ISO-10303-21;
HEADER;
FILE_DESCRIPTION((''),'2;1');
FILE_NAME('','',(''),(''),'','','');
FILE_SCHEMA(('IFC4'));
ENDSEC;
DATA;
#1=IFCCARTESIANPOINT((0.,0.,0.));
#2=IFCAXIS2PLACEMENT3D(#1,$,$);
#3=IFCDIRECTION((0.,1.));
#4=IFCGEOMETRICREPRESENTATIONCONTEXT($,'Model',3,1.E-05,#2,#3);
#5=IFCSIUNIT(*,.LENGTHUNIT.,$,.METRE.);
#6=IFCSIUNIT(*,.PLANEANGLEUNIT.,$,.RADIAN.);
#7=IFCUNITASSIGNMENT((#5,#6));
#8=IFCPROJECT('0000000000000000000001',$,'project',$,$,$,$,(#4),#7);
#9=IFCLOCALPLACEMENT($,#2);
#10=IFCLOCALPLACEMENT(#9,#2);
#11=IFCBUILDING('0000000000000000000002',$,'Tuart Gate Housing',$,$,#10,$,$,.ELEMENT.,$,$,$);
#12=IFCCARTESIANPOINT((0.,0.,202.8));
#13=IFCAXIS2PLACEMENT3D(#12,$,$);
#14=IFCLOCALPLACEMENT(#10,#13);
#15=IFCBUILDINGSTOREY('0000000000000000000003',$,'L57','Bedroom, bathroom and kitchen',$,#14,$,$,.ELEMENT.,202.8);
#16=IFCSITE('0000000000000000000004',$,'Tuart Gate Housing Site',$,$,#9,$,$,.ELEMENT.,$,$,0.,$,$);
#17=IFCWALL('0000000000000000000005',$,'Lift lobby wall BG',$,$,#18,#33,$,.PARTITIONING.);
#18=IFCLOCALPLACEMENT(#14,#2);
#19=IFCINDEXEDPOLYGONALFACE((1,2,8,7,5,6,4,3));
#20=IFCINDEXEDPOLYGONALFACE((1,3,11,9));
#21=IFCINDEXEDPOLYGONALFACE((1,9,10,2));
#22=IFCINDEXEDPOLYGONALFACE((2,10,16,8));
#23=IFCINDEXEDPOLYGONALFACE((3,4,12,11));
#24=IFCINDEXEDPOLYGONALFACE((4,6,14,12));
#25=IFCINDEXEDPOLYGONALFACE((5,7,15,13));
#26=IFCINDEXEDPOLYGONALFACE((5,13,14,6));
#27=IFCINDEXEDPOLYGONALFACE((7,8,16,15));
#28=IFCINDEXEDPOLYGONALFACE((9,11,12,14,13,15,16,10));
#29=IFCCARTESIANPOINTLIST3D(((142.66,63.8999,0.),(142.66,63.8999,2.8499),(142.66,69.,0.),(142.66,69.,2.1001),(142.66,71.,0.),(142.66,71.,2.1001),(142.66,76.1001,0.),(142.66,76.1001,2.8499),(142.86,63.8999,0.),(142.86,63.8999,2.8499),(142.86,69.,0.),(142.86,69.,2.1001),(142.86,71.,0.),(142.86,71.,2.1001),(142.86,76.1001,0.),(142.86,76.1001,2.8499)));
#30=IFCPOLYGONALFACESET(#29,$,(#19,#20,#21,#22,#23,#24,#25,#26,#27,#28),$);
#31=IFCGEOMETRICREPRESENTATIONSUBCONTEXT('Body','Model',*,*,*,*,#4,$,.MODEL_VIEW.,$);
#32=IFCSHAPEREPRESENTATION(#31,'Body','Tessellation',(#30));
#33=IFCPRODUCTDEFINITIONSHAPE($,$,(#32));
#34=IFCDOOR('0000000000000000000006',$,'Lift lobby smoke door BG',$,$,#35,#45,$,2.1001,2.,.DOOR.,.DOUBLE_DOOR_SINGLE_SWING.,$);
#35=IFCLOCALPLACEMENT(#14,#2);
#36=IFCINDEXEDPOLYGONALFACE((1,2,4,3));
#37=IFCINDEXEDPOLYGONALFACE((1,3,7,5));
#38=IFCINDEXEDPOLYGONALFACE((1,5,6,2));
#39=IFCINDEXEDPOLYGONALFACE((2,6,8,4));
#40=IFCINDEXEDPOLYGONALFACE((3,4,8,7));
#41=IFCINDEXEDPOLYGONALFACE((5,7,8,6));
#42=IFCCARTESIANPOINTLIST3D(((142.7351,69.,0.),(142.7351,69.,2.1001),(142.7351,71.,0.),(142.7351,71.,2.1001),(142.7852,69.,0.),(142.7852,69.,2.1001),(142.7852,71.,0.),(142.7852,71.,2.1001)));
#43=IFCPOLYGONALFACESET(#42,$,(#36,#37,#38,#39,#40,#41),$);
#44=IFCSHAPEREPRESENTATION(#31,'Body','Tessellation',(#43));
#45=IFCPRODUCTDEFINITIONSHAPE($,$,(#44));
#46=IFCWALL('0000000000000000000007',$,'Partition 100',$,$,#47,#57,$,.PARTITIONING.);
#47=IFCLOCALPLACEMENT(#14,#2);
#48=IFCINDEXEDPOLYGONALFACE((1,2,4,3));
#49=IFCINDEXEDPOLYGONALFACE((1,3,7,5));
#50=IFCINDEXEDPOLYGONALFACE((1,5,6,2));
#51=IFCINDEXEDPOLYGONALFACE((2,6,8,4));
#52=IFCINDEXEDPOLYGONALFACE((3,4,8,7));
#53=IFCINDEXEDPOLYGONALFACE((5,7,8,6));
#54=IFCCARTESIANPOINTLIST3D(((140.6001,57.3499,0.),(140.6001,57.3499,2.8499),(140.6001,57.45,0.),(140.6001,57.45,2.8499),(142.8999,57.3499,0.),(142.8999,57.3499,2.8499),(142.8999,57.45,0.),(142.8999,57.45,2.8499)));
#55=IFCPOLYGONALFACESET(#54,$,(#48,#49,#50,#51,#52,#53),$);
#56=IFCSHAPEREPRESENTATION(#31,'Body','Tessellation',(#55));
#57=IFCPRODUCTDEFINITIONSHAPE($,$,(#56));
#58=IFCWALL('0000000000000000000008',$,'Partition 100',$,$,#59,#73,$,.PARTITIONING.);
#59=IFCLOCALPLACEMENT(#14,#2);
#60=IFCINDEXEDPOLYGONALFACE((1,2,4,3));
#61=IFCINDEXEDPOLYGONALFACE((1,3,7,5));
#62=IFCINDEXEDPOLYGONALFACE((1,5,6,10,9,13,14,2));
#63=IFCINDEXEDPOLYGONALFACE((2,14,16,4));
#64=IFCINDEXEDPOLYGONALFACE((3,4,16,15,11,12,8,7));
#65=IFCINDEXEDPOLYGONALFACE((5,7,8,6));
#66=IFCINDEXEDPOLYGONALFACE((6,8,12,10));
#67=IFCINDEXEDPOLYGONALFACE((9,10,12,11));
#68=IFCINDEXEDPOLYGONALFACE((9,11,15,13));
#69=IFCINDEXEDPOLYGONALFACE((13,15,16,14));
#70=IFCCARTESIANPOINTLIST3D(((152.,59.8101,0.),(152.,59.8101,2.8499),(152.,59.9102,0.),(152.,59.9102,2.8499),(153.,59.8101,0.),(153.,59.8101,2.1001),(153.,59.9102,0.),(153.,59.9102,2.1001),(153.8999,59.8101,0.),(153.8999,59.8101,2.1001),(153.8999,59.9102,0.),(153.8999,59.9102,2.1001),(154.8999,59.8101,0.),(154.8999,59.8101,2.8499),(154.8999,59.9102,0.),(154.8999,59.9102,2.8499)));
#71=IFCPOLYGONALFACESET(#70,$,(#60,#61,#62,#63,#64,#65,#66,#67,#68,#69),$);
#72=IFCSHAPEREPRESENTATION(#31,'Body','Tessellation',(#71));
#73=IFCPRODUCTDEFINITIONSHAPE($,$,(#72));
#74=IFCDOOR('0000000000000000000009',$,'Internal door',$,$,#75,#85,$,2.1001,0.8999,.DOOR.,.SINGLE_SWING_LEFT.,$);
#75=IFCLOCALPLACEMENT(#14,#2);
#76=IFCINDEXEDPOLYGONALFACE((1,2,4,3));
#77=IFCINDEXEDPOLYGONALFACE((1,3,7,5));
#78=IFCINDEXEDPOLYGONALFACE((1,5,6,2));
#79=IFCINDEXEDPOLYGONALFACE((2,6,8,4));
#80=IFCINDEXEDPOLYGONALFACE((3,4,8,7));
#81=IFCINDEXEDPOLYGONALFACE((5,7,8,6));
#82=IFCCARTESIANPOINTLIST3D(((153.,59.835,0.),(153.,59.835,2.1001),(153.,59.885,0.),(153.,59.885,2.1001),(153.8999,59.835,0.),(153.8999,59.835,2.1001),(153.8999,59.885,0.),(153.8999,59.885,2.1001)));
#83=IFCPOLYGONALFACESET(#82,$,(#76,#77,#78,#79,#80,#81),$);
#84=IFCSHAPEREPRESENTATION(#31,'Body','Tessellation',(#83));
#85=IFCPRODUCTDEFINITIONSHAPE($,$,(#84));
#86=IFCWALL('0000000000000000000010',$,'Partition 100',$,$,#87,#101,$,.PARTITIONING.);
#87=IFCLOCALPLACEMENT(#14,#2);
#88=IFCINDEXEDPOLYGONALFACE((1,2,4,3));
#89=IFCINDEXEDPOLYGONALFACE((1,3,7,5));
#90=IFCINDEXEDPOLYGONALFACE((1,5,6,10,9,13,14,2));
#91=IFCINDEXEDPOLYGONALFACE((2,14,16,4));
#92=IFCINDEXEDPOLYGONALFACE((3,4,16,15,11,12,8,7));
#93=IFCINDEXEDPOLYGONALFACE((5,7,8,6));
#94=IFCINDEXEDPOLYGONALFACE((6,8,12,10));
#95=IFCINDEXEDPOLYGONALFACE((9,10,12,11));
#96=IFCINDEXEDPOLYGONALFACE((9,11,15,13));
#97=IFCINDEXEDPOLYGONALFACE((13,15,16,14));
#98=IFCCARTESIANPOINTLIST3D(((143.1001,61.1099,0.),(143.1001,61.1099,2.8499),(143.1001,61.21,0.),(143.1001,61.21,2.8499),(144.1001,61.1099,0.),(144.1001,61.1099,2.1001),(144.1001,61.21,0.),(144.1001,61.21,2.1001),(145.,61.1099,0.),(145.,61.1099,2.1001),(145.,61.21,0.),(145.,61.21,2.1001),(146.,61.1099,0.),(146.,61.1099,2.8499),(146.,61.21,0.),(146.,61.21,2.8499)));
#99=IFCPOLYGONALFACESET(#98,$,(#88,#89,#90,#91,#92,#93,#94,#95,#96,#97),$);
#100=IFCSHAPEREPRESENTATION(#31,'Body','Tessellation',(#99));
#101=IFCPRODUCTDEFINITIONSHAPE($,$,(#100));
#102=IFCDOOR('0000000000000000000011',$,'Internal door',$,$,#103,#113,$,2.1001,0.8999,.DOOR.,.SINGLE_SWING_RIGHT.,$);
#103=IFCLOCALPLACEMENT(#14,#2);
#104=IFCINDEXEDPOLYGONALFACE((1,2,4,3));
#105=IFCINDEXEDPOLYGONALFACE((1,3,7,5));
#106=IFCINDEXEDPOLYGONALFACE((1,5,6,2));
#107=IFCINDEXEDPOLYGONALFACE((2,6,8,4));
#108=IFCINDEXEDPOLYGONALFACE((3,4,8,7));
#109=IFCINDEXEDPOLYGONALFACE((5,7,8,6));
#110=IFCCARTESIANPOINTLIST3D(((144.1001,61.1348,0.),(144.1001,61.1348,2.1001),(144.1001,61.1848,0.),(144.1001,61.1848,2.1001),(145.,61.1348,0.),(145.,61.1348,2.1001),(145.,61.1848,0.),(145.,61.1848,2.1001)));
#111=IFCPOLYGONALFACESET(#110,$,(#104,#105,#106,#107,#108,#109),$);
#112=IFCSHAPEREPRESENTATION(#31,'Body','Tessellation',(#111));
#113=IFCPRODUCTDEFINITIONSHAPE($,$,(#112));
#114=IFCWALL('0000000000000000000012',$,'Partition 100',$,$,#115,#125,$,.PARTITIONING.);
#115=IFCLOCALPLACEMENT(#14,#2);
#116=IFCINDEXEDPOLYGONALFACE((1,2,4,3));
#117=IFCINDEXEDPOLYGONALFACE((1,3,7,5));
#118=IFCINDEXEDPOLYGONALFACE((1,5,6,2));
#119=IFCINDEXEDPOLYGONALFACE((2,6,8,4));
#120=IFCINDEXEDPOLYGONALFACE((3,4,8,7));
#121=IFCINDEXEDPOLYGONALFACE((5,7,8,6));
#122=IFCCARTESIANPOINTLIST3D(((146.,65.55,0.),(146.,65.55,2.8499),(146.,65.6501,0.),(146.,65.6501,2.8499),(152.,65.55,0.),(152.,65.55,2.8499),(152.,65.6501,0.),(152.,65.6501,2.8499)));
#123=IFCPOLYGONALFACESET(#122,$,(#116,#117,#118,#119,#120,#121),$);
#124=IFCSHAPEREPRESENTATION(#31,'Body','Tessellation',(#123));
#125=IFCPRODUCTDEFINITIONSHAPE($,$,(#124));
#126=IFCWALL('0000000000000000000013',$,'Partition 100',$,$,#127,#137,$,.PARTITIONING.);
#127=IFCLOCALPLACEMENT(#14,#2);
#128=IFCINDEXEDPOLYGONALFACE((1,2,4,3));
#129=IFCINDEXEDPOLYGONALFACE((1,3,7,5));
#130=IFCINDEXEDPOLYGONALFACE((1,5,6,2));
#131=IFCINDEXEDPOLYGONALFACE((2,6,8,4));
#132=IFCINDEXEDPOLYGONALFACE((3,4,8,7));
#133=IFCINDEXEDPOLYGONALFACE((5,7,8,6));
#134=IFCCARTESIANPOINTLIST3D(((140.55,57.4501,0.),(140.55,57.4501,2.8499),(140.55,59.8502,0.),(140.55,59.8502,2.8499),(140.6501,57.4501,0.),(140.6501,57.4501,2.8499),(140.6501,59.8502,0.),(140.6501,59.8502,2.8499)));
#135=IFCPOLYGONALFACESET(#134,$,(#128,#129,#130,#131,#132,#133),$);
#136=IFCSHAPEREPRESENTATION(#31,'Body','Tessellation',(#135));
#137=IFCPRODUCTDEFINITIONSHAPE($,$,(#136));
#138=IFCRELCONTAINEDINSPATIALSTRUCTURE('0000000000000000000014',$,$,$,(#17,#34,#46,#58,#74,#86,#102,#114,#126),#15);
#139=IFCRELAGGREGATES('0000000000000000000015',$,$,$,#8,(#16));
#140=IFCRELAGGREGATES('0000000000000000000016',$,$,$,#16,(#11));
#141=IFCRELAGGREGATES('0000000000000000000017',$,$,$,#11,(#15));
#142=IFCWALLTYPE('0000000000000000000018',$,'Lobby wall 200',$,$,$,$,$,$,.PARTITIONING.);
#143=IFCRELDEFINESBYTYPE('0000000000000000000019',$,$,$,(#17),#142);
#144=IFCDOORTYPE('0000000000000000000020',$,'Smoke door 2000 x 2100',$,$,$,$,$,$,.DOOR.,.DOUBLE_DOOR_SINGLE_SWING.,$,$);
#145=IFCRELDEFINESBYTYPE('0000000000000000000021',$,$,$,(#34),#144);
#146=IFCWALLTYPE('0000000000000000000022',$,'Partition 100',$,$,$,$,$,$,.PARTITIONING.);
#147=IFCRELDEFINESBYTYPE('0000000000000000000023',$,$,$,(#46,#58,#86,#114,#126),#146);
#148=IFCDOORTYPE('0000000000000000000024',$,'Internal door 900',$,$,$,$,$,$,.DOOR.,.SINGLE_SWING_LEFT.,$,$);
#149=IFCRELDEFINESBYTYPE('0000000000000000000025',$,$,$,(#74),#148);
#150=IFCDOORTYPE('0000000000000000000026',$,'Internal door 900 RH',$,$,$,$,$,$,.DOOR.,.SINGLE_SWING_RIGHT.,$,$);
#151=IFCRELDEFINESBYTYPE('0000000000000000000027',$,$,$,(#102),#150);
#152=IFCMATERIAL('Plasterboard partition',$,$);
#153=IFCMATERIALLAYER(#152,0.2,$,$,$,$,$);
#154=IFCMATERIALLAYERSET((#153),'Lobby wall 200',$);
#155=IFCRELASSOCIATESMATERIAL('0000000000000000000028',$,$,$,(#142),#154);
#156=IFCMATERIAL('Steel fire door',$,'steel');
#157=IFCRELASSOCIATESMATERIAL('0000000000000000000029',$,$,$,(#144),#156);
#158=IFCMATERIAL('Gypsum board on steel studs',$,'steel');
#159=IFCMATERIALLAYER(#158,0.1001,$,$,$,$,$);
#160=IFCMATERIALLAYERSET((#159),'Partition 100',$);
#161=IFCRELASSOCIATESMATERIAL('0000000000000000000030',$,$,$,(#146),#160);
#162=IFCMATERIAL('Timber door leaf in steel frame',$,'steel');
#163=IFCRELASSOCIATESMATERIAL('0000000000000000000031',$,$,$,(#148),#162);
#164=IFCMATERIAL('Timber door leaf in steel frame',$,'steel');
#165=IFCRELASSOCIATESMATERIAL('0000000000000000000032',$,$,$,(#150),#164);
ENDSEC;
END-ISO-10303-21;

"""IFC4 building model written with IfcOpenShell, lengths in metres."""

from ifc_helpers import new_model, si_unit, direction, frame, frame_2d, origin, place, context, subcontext, project, spatial, rectangle, extrude, material, layer, layer_set, type_object, element, fill, save


model = new_model("IFC4")

# Units and contexts
model_context = context("Model", 3, precision=1e-05, world=origin(), true_north=direction((0.0, 1.0)))
body_context = subcontext(model_context, "Body", "Model", "MODEL_VIEW")
ifc_project = project(units=[si_unit("LENGTHUNIT", "METRE"), si_unit("PLANEANGLEUNIT", "RADIAN")], contexts=[model_context])

# Site, building, storey
site_placement = place(None, origin())
site = spatial("IfcSite", under=ifc_project, at=site_placement, Name="Tuart Gate Housing Site", CompositionType="ELEMENT", RefElevation=0.0)
building_placement = place(site_placement, origin())
building = spatial("IfcBuilding", under=site, at=building_placement, Name="Tuart Gate Housing", CompositionType="ELEMENT")
storey_placement = place(building_placement, frame((0.0, 0.0, 202.8)))
storey = spatial("IfcBuildingStorey", under=building, at=storey_placement, Name="L57", Description="Bedroom, bathroom and kitchen", CompositionType="ELEMENT", Elevation=202.8)

# Wall, opening, door
ifc_material_1 = material(Name="Plasterboard partition")
ifc_layer_1 = layer(ifc_material_1, 0.2)
ifc_layer_set_1 = layer_set([ifc_layer_1], Name="Lobby wall 200")
wall_type_1 = type_object("IfcWallType", Name="Lobby wall 200", PredefinedType="PARTITIONING", material=ifc_layer_set_1)
wall_1_placement = place(storey_placement, frame((142.76, 63.8999, 0.0), z_axis=(0.0, 0.0, 1.0), x_axis=(0.0, 1.0, 0.0)))
wall_1 = element("IfcWall", 1, at=wall_1_placement, inside=storey, type_object=wall_type_1, Name="Lift lobby wall BG", PredefinedType="PARTITIONING", context=body_context, shape_type="SweptSolid", body=[
    extrude(rectangle(XDim=12.2002, YDim=0.2, at=frame_2d((6.1001, 0.0))), origin(), (0.0, 0.0, 1.0), 2.8499),
])
opening_1_placement = place(wall_1_placement, frame((5.1001, 0.0, 0.0)))
opening_1 = element("IfcOpeningElement", 2, at=opening_1_placement, cuts=wall_1, PredefinedType="OPENING", context=body_context, shape_type="SweptSolid", body=[
    extrude(rectangle(XDim=2.0, YDim=2.1001, at=frame_2d((1.0, 1.05))), frame((0.0, 0.1099, 0.0), z_axis=(0.0, -1.0, 0.0), x_axis=(1.0, 0.0, 0.0)), (0.0, 0.0, 1.0), 0.22),
])
ifc_material_2 = material(Name="Steel fire door", Category="steel")
door_type_1 = type_object("IfcDoorType", Name="Smoke door 2000 x 2100", OperationType="DOUBLE_DOOR_SINGLE_SWING", PredefinedType="DOOR", material=ifc_material_2)
door_1_placement = place(opening_1_placement, origin())
door_1 = element("IfcDoor", 3, at=door_1_placement, inside=storey, type_object=door_type_1, Name="Lift lobby smoke door BG", OperationType="DOUBLE_DOOR_SINGLE_SWING", OverallHeight=2.1001, OverallWidth=2.0, PredefinedType="DOOR", context=body_context, shape_type="SweptSolid", body=[
    extrude(rectangle(XDim=2.0, YDim=2.1001, at=frame_2d((1.0, 1.05))), frame((0.0, 0.0249, 0.0), z_axis=(0.0, -1.0, 0.0), x_axis=(1.0, 0.0, 0.0)), (0.0, 0.0, 1.0), 0.05),
])
fill(opening_1, door_1)

# Wall
ifc_material_3 = material(Name="Gypsum board on steel studs", Category="steel")
ifc_layer_2 = layer(ifc_material_3, 0.1001)
ifc_layer_set_2 = layer_set([ifc_layer_2], Name="Partition 100")
wall_type_2 = type_object("IfcWallType", Name="Partition 100", PredefinedType="PARTITIONING", material=ifc_layer_set_2)
wall_2_placement = place(storey_placement, frame((140.6001, 57.3999, 0.0), z_axis=(0.0, 0.0, 1.0), x_axis=(1.0, 0.0, 0.0)))
element("IfcWall", 4, at=wall_2_placement, inside=storey, type_object=wall_type_2, Name="Partition 100", PredefinedType="PARTITIONING", context=body_context, shape_type="SweptSolid", body=[
    extrude(rectangle(XDim=2.2998, YDim=0.1001, at=frame_2d((1.1499, 0.0))), origin(), (0.0, 0.0, 1.0), 2.8499),
])

# Walls, openings, doors
wall_3_placement = place(storey_placement, frame((152.0, 59.8601, 0.0), z_axis=(0.0, 0.0, 1.0), x_axis=(1.0, 0.0, 0.0)))
wall_3 = element("IfcWall", 5, at=wall_3_placement, inside=storey, type_object=wall_type_2, Name="Partition 100", PredefinedType="PARTITIONING", context=body_context, shape_type="SweptSolid", body=[
    extrude(rectangle(XDim=2.8999, YDim=0.1001, at=frame_2d((1.45, 0.0))), origin(), (0.0, 0.0, 1.0), 2.8499),
])
opening_2_placement = place(wall_3_placement, frame((1.0, 0.0, 0.0)))
opening_2 = element("IfcOpeningElement", 6, at=opening_2_placement, cuts=wall_3, PredefinedType="OPENING", context=body_context, shape_type="SweptSolid", body=[
    extrude(rectangle(XDim=0.8999, YDim=2.1001, at=frame_2d((0.45, 1.05))), frame((0.0, 0.0601, 0.0), z_axis=(0.0, -1.0, 0.0), x_axis=(1.0, 0.0, 0.0)), (0.0, 0.0, 1.0), 0.1201),
])
ifc_material_4 = material(Name="Timber door leaf in steel frame", Category="steel")
door_type_2 = type_object("IfcDoorType", Name="Internal door 900", OperationType="SINGLE_SWING_LEFT", PredefinedType="DOOR", material=ifc_material_4)
door_2_placement = place(opening_2_placement, origin())
door_2 = element("IfcDoor", 7, at=door_2_placement, inside=storey, type_object=door_type_2, Name="Internal door", OperationType="SINGLE_SWING_LEFT", OverallHeight=2.1001, OverallWidth=0.8999, PredefinedType="DOOR", context=body_context, shape_type="SweptSolid", body=[
    extrude(rectangle(XDim=0.8999, YDim=2.1001, at=frame_2d((0.45, 1.05))), frame((0.0, 0.0249, 0.0), z_axis=(0.0, -1.0, 0.0), x_axis=(1.0, 0.0, 0.0)), (0.0, 0.0, 1.0), 0.05),
])
fill(opening_2, door_2)
wall_4_placement = place(storey_placement, frame((143.1001, 61.1599, 0.0), z_axis=(0.0, 0.0, 1.0), x_axis=(1.0, 0.0, 0.0)))
wall_4 = element("IfcWall", 8, at=wall_4_placement, inside=storey, type_object=wall_type_2, Name="Partition 100", PredefinedType="PARTITIONING", context=body_context, shape_type="SweptSolid", body=[
    extrude(rectangle(XDim=2.8999, YDim=0.1001, at=frame_2d((1.45, 0.0))), origin(), (0.0, 0.0, 1.0), 2.8499),
])
opening_3_placement = place(wall_4_placement, frame((1.0, 0.0, 0.0)))
opening_3 = element("IfcOpeningElement", 9, at=opening_3_placement, cuts=wall_4, PredefinedType="OPENING", context=body_context, shape_type="SweptSolid", body=[
    extrude(rectangle(XDim=0.8999, YDim=2.1001, at=frame_2d((0.45, 1.05))), frame((0.0, 0.0601, 0.0), z_axis=(0.0, -1.0, 0.0), x_axis=(1.0, 0.0, 0.0)), (0.0, 0.0, 1.0), 0.1201),
])
ifc_material_5 = material(Name="Timber door leaf in steel frame", Category="steel")
door_type_3 = type_object("IfcDoorType", Name="Internal door 900 RH", OperationType="SINGLE_SWING_RIGHT", PredefinedType="DOOR", material=ifc_material_5)
door_3_placement = place(opening_3_placement, origin())
door_3 = element("IfcDoor", 10, at=door_3_placement, inside=storey, type_object=door_type_3, Name="Internal door", OperationType="SINGLE_SWING_RIGHT", OverallHeight=2.1001, OverallWidth=0.8999, PredefinedType="DOOR", context=body_context, shape_type="SweptSolid", body=[
    extrude(rectangle(XDim=0.8999, YDim=2.1001, at=frame_2d((0.45, 1.05))), frame((0.0, 0.0249, 0.0), z_axis=(0.0, -1.0, 0.0), x_axis=(1.0, 0.0, 0.0)), (0.0, 0.0, 1.0), 0.05),
])
fill(opening_3, door_3)

# Walls
wall_5_placement = place(storey_placement, frame((146.0, 65.6001, 0.0), z_axis=(0.0, 0.0, 1.0), x_axis=(1.0, 0.0, 0.0)))
element("IfcWall", 11, at=wall_5_placement, inside=storey, type_object=wall_type_2, Name="Partition 100", PredefinedType="PARTITIONING", context=body_context, shape_type="SweptSolid", body=[
    extrude(rectangle(XDim=6.0, YDim=0.1001, at=frame_2d((3.0, 0.0))), origin(), (0.0, 0.0, 1.0), 2.8499),
])
wall_6_placement = place(storey_placement, frame((140.6001, 57.45, 0.0), z_axis=(0.0, 0.0, 1.0), x_axis=(0.0, 1.0, 0.0)))
element("IfcWall", 12, at=wall_6_placement, inside=storey, type_object=wall_type_2, Name="Partition 100", PredefinedType="PARTITIONING", context=body_context, shape_type="SweptSolid", body=[
    extrude(rectangle(XDim=2.4001, YDim=0.1001, at=frame_2d((1.2002, 0.0))), origin(), (0.0, 0.0, 1.0), 2.8499),
])

save(model, "model.ifc")
